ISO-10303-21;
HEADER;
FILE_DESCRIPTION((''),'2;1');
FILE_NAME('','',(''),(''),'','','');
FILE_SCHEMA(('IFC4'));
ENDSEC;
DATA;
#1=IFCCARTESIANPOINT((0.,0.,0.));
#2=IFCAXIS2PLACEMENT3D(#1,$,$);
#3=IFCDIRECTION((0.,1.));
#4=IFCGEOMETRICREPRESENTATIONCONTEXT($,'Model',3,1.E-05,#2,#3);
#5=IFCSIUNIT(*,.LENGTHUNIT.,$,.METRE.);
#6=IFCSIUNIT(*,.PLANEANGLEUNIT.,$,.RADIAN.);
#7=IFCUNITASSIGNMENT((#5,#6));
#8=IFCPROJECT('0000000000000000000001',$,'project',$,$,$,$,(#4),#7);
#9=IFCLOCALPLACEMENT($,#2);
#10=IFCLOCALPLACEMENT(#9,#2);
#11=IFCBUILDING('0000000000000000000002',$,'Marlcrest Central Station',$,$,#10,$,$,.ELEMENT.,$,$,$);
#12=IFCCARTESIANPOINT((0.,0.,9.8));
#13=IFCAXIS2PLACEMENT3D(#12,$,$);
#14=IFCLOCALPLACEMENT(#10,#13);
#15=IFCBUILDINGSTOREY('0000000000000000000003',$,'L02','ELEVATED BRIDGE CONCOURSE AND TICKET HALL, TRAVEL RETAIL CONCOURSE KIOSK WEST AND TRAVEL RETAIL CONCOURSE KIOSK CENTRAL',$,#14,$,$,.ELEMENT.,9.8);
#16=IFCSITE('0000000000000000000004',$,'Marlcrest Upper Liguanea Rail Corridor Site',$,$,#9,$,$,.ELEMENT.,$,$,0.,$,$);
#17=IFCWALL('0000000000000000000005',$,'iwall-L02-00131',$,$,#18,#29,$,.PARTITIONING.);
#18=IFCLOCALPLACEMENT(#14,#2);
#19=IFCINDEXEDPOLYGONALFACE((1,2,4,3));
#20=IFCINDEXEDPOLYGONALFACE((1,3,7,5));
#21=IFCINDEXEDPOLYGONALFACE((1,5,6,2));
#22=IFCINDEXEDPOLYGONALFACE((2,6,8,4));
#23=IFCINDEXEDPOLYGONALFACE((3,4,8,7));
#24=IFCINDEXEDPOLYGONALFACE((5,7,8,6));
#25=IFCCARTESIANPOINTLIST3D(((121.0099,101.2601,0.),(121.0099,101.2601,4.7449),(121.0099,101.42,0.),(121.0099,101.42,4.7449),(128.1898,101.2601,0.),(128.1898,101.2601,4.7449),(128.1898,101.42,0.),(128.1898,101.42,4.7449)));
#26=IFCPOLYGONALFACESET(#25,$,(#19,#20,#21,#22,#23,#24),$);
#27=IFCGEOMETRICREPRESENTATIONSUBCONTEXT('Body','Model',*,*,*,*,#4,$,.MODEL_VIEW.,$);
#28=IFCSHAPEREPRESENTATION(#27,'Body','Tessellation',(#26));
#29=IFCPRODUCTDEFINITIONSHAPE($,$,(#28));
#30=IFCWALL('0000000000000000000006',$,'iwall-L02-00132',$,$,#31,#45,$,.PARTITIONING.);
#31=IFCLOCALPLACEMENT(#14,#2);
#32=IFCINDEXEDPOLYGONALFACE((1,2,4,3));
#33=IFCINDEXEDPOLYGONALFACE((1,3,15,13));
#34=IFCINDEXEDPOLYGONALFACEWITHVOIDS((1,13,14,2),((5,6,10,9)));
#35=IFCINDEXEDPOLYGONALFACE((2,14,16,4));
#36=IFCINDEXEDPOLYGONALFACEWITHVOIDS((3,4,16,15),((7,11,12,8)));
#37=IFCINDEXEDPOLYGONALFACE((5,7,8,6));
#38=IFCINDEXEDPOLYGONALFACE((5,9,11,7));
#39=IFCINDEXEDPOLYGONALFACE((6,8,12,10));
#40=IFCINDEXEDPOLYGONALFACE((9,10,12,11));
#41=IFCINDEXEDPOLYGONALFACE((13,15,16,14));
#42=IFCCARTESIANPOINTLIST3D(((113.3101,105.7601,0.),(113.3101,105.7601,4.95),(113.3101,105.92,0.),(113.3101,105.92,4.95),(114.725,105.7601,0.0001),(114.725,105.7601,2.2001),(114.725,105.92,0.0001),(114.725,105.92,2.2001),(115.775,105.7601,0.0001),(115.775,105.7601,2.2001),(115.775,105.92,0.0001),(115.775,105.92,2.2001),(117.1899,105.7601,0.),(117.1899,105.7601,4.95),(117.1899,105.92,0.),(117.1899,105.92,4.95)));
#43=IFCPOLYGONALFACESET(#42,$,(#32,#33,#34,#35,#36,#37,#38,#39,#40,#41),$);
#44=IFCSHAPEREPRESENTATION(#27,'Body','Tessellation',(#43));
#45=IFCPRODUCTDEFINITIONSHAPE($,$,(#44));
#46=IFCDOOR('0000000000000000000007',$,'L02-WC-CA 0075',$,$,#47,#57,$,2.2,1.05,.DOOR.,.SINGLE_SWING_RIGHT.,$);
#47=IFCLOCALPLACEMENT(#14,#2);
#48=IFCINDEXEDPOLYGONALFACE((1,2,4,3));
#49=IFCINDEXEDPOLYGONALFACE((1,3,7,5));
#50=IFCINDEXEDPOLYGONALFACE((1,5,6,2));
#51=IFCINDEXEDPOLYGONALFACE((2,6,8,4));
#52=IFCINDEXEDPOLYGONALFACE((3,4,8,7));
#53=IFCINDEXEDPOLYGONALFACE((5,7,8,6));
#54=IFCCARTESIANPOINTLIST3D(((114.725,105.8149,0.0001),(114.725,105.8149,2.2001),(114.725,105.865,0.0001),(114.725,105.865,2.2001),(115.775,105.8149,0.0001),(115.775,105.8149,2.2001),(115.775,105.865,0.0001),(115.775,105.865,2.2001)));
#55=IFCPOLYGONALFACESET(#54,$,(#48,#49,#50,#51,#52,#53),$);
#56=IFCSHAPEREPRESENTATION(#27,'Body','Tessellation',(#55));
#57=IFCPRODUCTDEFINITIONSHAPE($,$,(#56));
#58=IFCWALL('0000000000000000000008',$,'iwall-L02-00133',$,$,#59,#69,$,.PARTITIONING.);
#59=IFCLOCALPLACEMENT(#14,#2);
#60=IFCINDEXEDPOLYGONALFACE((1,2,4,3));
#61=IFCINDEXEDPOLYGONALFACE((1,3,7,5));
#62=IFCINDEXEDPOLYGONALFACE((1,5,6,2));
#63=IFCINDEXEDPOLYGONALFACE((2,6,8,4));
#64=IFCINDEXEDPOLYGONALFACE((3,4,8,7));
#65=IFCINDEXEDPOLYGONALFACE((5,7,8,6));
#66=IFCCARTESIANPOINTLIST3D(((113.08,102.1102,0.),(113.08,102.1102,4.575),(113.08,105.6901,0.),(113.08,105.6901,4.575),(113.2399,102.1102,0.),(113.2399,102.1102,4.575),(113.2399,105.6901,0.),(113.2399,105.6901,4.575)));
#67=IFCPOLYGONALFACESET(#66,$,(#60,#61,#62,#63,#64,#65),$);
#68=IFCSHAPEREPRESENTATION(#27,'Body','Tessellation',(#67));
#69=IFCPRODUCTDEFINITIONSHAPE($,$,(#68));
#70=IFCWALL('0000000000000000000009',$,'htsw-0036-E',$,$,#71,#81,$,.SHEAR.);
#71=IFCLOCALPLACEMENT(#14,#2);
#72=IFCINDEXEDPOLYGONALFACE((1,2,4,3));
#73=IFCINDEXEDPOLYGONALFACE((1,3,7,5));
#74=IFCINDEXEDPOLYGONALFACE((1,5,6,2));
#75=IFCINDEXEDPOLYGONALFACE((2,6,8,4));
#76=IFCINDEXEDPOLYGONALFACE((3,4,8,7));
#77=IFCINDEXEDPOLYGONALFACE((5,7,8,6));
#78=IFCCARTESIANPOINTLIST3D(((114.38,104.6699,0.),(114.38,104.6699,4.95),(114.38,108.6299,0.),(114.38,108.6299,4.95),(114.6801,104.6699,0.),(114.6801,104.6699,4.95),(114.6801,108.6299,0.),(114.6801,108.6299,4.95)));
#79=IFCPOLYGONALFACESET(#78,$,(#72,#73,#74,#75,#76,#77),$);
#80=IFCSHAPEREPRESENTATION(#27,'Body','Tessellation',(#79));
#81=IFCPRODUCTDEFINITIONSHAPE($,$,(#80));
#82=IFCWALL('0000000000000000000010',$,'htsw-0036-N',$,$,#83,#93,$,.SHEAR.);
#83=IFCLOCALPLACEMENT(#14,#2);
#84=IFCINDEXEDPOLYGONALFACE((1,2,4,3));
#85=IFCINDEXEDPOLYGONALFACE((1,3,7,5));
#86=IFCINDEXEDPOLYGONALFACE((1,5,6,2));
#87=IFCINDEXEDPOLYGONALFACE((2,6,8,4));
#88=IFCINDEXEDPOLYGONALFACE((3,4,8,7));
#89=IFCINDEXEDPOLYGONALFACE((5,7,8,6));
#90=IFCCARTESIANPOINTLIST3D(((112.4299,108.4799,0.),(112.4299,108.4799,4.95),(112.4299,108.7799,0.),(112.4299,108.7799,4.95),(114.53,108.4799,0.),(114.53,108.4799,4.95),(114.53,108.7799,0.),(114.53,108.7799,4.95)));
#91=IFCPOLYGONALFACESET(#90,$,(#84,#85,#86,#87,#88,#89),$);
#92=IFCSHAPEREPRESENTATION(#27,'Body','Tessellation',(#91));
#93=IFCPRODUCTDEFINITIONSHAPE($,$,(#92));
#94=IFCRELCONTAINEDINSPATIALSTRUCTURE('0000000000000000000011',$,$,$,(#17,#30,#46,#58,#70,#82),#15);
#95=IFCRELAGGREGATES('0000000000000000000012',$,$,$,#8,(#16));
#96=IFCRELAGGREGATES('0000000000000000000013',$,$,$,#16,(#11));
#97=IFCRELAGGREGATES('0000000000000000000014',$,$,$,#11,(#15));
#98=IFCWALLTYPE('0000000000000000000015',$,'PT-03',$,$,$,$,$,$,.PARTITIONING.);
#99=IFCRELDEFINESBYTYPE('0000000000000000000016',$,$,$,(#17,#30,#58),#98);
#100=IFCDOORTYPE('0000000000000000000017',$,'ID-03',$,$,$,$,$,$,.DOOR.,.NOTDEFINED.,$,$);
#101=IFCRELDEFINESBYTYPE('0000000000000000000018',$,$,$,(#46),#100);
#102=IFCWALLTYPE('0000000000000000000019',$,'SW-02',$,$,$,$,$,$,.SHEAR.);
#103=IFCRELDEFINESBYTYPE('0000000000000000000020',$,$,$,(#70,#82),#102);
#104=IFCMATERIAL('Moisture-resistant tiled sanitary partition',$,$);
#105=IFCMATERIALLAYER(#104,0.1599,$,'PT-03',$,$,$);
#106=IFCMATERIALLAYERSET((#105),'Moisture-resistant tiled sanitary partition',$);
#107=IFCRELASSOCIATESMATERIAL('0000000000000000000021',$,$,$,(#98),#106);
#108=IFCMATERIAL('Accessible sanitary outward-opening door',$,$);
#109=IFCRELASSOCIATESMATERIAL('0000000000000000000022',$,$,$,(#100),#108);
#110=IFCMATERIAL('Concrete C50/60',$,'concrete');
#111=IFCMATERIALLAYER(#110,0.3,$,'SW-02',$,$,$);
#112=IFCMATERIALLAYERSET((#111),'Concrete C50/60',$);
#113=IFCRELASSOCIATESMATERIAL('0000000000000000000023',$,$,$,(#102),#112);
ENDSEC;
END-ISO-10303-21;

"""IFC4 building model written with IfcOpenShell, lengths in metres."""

from ifc_helpers import new_model, si_unit, direction, frame, frame_2d, origin, place, context, subcontext, project, spatial, rectangle, extrude, material, layer, layer_set, type_object, element, fill, save


model = new_model("IFC4")

# Units and contexts
model_context = context("Model", 3, precision=1e-05, world=origin(), true_north=direction((0.0, 1.0)))
body_context = subcontext(model_context, "Body", "Model", "MODEL_VIEW")
ifc_project = project(units=[si_unit("LENGTHUNIT", "METRE"), si_unit("PLANEANGLEUNIT", "RADIAN")], contexts=[model_context])

# Site, building, storey
site_placement = place(None, origin())
site = spatial("IfcSite", under=ifc_project, at=site_placement, Name="Marlcrest Upper Liguanea Rail Corridor Site", CompositionType="ELEMENT", RefElevation=0.0)
building_placement = place(site_placement, origin())
building = spatial("IfcBuilding", under=site, at=building_placement, Name="Marlcrest Central Station", CompositionType="ELEMENT")
storey_placement = place(building_placement, frame((0.0, 0.0, 9.8)))
storey = spatial("IfcBuildingStorey", under=building, at=storey_placement, Name="L02", Description="ELEVATED BRIDGE CONCOURSE AND TICKET HALL, TRAVEL RETAIL CONCOURSE KIOSK WEST AND TRAVEL RETAIL CONCOURSE KIOSK CENTRAL", CompositionType="ELEMENT", Elevation=9.8)

# Wall
ifc_material_1 = material(Name="Moisture-resistant tiled sanitary partition")
ifc_layer_1 = layer(ifc_material_1, 0.1599, Name="PT-03")
ifc_layer_set_1 = layer_set([ifc_layer_1], Name="Moisture-resistant tiled sanitary partition")
wall_type_1 = type_object("IfcWallType", Name="PT-03", PredefinedType="PARTITIONING", material=ifc_layer_set_1)
wall_1_placement = place(storey_placement, frame((121.01, 101.3401, 0.0), z_axis=(0.0, 0.0, 1.0), x_axis=(1.0, 0.0, 0.0)))
element("IfcWall", 1, at=wall_1_placement, inside=storey, type_object=wall_type_1, Name="iwall-L02-00131", PredefinedType="PARTITIONING", context=body_context, shape_type="SweptSolid", body=[
    extrude(rectangle(XDim=7.1799, YDim=0.1599, at=frame_2d((3.5898, 0.0))), origin(), (0.0, 0.0, 1.0), 4.7449),
])

# Wall, opening, door
wall_2_placement = place(storey_placement, frame((113.3101, 105.8401, 0.0), z_axis=(0.0, 0.0, 1.0), x_axis=(1.0, 0.0, 0.0)))
wall_2 = element("IfcWall", 2, at=wall_2_placement, inside=storey, type_object=wall_type_1, Name="iwall-L02-00132", PredefinedType="PARTITIONING", context=body_context, shape_type="SweptSolid", body=[
    extrude(rectangle(XDim=3.8799, YDim=0.1599, at=frame_2d((1.9399, 0.0))), origin(), (0.0, 0.0, 1.0), 4.95),
])
opening_placement = place(wall_2_placement, frame((1.415, 0.0, 0.0)))
opening = element("IfcOpeningElement", 3, at=opening_placement, cuts=wall_2, PredefinedType="OPENING", context=body_context, shape_type="SweptSolid", body=[
    extrude(rectangle(XDim=1.05, YDim=2.2, at=frame_2d((0.5249, 1.1001))), frame((0.0, 0.0898, 0.0), z_axis=(0.0, -1.0, 0.0), x_axis=(1.0, 0.0, 0.0)), (0.0, 0.0, 1.0), 0.1799),
])
ifc_material_2 = material(Name="Accessible sanitary outward-opening door")
door_type = type_object("IfcDoorType", Name="ID-03", OperationType="NOTDEFINED", PredefinedType="DOOR", material=ifc_material_2)
door_placement = place(opening_placement, origin())
door = element("IfcDoor", 4, at=door_placement, inside=storey, type_object=door_type, Name="L02-WC-CA 0075", OperationType="SINGLE_SWING_RIGHT", OverallHeight=2.2, OverallWidth=1.05, PredefinedType="DOOR", context=body_context, shape_type="SweptSolid", body=[
    extrude(rectangle(XDim=1.05, YDim=2.2, at=frame_2d((0.5249, 1.1001))), frame((0.0, 0.0249, 0.0), z_axis=(0.0, -1.0, 0.0), x_axis=(1.0, 0.0, 0.0)), (0.0, 0.0, 1.0), 0.05),
])
fill(opening, door)

# Walls
wall_3_placement = place(storey_placement, frame((113.1599, 102.1101, 0.0), z_axis=(0.0, 0.0, 1.0), x_axis=(0.0, 1.0, 0.0)))
element("IfcWall", 5, at=wall_3_placement, inside=storey, type_object=wall_type_1, Name="iwall-L02-00133", PredefinedType="PARTITIONING", context=body_context, shape_type="SweptSolid", body=[
    extrude(rectangle(XDim=3.5798, YDim=0.1599, at=frame_2d((1.79, 0.0))), origin(), (0.0, 0.0, 1.0), 4.575),
])
ifc_material_3 = material(Name="Concrete C50/60", Category="concrete")
ifc_layer_2 = layer(ifc_material_3, 0.3, Name="SW-02")
ifc_layer_set_2 = layer_set([ifc_layer_2], Name="Concrete C50/60")
wall_type_2 = type_object("IfcWallType", Name="SW-02", PredefinedType="SHEAR", material=ifc_layer_set_2)
wall_4_placement = place(storey_placement, frame((114.53, 104.6699, 0.0), z_axis=(0.0, 0.0, 1.0), x_axis=(0.0, 1.0, 0.0)))
element("IfcWall", 6, at=wall_4_placement, inside=storey, type_object=wall_type_2, Name="htsw-0036-E", PredefinedType="SHEAR", context=body_context, shape_type="SweptSolid", body=[
    extrude(rectangle(XDim=3.96, YDim=0.3, at=frame_2d((1.98, 0.0))), origin(), (0.0, 0.0, 1.0), 4.95),
])
wall_5_placement = place(storey_placement, frame((114.53, 108.6299, 0.0), z_axis=(0.0, 0.0, 1.0), x_axis=(-1.0, 0.0, 0.0)))
element("IfcWall", 7, at=wall_5_placement, inside=storey, type_object=wall_type_2, Name="htsw-0036-N", PredefinedType="SHEAR", context=body_context, shape_type="SweptSolid", body=[
    extrude(rectangle(XDim=2.1001, YDim=0.3, at=frame_2d((1.05, 0.0))), origin(), (0.0, 0.0, 1.0), 4.95),
])

save(model, "model.ifc")
